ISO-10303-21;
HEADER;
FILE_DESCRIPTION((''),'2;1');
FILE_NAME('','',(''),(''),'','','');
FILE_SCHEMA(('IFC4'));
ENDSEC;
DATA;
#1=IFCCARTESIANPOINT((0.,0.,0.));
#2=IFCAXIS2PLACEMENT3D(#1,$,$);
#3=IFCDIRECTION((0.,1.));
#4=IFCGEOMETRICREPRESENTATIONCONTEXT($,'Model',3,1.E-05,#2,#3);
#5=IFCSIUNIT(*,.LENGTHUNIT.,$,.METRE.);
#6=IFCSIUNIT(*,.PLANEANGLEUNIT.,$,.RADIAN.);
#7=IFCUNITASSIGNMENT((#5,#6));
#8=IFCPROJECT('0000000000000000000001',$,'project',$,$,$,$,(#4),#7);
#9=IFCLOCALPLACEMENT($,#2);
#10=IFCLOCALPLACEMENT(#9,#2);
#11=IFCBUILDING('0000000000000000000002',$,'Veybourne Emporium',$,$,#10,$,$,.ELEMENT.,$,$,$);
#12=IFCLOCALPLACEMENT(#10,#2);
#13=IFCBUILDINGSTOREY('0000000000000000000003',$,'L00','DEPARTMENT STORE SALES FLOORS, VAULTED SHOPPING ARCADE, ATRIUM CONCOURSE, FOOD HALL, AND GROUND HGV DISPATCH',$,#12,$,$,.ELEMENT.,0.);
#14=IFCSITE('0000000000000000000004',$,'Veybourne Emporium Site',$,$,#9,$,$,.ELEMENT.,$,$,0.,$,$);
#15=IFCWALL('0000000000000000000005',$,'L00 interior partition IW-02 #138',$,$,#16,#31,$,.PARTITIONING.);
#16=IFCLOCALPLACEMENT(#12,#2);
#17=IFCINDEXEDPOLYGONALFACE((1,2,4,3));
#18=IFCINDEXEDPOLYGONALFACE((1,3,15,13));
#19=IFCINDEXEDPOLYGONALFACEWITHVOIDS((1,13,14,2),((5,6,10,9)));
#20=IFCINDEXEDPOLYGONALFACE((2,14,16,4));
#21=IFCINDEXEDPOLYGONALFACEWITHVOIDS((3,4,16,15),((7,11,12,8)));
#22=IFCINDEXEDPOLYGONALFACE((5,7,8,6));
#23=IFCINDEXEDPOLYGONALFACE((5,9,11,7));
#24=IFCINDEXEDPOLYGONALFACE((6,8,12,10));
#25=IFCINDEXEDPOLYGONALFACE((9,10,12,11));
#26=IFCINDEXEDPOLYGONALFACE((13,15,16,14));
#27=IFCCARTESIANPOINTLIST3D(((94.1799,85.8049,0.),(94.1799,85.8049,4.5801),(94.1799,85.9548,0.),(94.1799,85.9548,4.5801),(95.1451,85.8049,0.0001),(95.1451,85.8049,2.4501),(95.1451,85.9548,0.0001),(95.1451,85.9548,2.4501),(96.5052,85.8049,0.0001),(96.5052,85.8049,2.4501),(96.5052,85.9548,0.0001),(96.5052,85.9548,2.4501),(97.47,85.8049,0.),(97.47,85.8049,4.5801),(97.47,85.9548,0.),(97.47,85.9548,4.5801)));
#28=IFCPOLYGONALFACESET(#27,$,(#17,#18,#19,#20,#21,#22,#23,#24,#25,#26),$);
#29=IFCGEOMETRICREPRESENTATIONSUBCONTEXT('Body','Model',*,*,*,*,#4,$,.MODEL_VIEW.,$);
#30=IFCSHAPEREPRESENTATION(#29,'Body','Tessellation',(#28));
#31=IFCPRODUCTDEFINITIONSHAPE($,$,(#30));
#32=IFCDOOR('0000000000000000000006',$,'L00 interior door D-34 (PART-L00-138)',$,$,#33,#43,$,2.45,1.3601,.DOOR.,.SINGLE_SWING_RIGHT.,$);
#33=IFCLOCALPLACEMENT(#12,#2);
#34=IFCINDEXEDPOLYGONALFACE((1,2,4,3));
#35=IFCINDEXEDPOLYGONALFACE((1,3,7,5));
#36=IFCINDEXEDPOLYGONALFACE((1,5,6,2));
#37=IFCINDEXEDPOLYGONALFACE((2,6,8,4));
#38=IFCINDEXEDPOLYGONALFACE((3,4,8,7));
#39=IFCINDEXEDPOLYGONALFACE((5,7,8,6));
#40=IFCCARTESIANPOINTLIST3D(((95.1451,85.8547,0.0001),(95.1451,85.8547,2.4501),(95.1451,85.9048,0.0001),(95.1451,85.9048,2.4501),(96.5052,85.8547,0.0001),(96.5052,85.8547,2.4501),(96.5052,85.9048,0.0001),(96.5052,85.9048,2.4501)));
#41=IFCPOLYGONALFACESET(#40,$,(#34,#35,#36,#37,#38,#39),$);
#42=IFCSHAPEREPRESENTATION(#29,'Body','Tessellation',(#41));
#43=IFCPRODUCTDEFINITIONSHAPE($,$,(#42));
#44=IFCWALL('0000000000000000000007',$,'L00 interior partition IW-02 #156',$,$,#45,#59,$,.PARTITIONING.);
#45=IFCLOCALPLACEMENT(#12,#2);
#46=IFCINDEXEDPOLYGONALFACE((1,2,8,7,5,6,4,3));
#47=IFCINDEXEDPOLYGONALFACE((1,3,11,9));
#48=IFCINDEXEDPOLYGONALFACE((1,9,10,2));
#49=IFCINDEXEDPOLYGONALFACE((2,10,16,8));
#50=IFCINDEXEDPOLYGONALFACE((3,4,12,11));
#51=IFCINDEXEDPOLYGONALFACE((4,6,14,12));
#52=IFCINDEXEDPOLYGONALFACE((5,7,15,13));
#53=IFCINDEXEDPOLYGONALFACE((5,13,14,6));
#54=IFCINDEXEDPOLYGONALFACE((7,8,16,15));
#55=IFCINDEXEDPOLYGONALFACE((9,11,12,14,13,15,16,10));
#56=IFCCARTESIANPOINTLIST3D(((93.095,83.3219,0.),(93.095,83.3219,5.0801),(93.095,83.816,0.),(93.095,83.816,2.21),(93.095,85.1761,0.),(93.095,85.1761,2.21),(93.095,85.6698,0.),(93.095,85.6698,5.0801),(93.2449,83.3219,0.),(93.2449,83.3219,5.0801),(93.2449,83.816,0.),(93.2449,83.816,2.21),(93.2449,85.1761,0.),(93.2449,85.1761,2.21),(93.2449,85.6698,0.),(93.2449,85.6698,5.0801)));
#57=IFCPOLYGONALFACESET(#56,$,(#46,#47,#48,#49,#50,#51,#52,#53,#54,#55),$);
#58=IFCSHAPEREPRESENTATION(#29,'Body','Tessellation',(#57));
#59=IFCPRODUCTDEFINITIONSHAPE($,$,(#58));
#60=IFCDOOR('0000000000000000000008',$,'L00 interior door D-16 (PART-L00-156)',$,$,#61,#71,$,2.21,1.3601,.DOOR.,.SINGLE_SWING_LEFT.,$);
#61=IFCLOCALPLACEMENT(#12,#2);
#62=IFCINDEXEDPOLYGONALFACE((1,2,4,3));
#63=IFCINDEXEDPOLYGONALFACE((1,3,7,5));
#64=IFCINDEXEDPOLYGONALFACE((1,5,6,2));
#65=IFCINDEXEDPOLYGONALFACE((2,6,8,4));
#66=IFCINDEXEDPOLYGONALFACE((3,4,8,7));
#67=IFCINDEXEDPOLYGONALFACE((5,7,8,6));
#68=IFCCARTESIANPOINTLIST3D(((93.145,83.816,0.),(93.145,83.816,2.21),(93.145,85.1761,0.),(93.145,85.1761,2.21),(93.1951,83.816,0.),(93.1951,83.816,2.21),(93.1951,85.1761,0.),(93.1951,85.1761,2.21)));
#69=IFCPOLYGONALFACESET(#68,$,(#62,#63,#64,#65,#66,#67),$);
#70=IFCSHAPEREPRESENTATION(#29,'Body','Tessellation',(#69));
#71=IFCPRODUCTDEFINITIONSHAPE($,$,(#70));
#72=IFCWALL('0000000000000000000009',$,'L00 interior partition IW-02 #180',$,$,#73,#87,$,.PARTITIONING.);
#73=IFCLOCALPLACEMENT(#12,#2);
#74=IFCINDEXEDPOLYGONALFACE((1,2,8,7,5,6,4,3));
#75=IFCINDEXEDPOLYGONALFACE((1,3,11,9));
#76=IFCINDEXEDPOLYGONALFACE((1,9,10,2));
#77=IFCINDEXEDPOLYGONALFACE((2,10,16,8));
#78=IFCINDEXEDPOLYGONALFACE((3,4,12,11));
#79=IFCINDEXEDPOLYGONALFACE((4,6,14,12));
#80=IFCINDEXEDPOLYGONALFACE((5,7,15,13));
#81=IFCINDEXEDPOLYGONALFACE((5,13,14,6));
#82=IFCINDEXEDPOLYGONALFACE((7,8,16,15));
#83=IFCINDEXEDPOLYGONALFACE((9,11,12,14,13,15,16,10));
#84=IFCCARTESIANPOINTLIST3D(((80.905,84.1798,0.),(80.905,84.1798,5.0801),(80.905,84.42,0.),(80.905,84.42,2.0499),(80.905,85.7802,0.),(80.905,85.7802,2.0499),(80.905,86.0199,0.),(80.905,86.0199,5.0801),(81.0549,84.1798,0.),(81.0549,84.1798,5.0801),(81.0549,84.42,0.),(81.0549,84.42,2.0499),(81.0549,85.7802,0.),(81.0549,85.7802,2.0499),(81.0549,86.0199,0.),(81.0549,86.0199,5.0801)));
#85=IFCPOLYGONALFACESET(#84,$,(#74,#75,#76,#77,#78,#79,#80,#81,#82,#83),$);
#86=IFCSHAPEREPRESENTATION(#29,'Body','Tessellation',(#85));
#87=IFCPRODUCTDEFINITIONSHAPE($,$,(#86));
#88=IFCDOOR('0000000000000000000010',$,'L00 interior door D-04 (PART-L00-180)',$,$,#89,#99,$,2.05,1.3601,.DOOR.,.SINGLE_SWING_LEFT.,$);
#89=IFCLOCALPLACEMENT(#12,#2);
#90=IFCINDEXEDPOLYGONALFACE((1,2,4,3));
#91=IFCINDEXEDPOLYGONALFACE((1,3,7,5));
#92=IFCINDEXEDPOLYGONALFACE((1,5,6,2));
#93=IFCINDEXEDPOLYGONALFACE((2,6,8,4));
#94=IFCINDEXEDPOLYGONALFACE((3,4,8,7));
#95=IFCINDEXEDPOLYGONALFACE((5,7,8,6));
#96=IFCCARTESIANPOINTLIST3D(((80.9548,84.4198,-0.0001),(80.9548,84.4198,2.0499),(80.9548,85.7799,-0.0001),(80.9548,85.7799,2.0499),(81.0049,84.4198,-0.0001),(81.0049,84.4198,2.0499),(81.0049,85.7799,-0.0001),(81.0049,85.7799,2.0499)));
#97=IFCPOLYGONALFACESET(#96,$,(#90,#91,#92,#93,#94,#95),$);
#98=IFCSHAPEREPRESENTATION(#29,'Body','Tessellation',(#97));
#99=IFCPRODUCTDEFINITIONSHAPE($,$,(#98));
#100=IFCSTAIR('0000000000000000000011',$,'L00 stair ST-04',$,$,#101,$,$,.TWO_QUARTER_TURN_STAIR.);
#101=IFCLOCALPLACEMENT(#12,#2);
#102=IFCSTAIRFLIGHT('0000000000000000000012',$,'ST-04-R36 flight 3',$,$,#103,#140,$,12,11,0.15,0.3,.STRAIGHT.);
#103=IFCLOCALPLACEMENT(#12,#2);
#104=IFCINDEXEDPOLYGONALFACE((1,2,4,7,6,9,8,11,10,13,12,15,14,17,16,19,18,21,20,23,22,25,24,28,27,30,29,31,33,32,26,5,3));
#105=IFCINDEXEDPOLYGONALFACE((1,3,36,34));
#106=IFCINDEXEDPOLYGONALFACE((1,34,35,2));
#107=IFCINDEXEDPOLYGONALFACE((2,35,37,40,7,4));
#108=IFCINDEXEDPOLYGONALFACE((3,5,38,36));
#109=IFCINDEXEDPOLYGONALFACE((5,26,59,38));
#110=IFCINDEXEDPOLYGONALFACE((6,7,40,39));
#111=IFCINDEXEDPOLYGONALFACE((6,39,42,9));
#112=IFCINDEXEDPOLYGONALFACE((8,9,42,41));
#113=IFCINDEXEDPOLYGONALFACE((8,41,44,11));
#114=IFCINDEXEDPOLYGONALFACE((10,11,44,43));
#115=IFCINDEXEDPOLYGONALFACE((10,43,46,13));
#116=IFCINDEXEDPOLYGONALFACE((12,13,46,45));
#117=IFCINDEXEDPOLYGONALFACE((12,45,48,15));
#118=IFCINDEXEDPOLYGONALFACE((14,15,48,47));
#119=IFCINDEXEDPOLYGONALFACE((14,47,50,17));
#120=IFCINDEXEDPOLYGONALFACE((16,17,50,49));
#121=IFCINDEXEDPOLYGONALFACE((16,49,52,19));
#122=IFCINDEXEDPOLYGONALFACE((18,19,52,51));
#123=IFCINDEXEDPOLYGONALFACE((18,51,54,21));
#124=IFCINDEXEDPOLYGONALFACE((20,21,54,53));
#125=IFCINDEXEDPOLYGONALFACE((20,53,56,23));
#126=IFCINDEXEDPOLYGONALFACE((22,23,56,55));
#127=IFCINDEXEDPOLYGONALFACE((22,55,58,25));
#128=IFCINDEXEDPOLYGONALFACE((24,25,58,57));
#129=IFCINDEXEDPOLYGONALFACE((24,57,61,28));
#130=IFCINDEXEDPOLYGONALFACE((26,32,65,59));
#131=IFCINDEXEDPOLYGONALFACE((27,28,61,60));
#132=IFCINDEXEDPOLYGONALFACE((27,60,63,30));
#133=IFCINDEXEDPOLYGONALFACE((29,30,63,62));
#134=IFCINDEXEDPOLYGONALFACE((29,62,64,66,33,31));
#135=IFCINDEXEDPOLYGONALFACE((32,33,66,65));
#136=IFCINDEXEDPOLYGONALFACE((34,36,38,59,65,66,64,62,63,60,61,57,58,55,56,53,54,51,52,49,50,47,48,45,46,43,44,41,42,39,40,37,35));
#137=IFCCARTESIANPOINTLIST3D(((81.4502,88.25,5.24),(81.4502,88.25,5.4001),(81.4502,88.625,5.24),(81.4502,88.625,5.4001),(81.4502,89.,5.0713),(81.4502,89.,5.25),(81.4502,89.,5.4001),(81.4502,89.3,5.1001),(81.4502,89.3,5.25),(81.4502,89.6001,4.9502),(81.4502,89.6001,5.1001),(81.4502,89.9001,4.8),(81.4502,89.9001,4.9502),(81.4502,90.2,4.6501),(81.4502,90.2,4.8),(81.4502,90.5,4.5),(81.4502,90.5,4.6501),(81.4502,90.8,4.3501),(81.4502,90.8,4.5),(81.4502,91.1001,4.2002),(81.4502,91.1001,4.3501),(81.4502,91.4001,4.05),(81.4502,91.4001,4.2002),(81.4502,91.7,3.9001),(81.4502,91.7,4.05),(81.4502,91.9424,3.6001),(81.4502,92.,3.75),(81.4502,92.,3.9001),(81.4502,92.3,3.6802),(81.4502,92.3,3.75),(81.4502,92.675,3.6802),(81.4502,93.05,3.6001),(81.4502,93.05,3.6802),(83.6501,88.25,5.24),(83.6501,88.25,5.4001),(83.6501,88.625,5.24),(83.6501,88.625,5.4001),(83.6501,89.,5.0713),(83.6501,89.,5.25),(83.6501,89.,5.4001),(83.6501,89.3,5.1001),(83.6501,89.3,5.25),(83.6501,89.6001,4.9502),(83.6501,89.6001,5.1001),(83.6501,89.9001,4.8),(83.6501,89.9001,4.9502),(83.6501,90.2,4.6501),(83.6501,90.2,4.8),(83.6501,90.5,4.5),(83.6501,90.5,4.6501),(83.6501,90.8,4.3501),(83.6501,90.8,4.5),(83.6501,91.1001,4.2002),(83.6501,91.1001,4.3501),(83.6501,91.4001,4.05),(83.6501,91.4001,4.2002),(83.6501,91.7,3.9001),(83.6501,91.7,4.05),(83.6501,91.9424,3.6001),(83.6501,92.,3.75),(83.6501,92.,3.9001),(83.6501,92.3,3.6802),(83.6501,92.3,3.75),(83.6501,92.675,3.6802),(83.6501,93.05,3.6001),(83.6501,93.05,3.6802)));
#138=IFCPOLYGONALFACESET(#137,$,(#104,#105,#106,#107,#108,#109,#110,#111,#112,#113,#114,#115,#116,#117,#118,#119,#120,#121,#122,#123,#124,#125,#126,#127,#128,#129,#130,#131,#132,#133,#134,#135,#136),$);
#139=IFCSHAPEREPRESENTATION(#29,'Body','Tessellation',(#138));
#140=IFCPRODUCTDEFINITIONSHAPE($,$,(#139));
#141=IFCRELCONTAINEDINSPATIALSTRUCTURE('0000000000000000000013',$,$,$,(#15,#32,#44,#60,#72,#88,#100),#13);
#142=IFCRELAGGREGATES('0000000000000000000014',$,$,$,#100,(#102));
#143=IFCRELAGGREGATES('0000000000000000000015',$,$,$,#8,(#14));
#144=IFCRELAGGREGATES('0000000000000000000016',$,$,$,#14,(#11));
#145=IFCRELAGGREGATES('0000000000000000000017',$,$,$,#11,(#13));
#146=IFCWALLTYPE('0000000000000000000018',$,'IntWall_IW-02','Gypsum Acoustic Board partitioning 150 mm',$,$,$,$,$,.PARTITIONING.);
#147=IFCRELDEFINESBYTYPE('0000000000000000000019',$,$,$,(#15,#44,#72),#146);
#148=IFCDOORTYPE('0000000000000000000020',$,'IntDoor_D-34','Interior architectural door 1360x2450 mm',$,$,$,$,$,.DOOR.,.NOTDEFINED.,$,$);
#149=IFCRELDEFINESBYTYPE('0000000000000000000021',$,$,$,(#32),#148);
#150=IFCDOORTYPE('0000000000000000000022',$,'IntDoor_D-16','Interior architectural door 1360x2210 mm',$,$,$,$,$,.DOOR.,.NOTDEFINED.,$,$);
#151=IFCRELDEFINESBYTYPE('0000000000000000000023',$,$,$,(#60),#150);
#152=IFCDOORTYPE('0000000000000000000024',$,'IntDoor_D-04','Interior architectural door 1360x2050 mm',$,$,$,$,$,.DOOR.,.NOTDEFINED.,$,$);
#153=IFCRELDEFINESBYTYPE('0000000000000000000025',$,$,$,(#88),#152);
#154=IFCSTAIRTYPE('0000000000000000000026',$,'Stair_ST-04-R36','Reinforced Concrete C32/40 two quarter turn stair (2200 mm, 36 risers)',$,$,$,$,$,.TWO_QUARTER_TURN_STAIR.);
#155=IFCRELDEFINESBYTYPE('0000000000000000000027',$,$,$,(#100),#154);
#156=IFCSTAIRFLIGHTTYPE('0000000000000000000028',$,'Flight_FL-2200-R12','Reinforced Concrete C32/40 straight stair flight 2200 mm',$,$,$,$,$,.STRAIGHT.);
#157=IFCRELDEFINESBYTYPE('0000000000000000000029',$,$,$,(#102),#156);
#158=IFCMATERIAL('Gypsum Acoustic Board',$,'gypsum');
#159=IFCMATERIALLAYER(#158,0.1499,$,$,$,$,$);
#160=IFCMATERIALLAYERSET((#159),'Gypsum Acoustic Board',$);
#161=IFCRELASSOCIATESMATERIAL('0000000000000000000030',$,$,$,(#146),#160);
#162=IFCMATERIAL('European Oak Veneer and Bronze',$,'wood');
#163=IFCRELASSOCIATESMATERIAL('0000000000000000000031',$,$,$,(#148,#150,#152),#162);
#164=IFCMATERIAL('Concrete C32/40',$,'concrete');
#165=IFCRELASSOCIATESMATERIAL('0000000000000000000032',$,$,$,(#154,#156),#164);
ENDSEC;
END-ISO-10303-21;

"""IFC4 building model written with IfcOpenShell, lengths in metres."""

from ifc_helpers import new_model, si_unit, direction, frame, frame_2d, origin, place, context, subcontext, project, spatial, polyline, rectangle, outline, extrude, material, layer, layer_set, type_object, element, fill, aggregate, save


model = new_model("IFC4")

# Units and contexts
model_context = context("Model", 3, precision=1e-05, world=origin(), true_north=direction((0.0, 1.0)))
body_context = subcontext(model_context, "Body", "Model", "MODEL_VIEW")
ifc_project = project(units=[si_unit("LENGTHUNIT", "METRE"), si_unit("PLANEANGLEUNIT", "RADIAN")], contexts=[model_context])

# Site, building, storey
site_placement = place(None, origin())
site = spatial("IfcSite", under=ifc_project, at=site_placement, Name="Veybourne Emporium Site", CompositionType="ELEMENT", RefElevation=0.0)
building_placement = place(site_placement, origin())
building = spatial("IfcBuilding", under=site, at=building_placement, Name="Veybourne Emporium", CompositionType="ELEMENT")
storey_placement = place(building_placement, origin())
storey = spatial("IfcBuildingStorey", under=building, at=storey_placement, Name="L00", Description="DEPARTMENT STORE SALES FLOORS, VAULTED SHOPPING ARCADE, ATRIUM CONCOURSE, FOOD HALL, AND GROUND HGV DISPATCH", CompositionType="ELEMENT", Elevation=0.0)

# Shared definitions
ifc_material_1 = material(Name="Concrete C32/40", Category="concrete")

# Walls, openings, doors
ifc_material_2 = material(Name="Gypsum Acoustic Board", Category="gypsum")
ifc_layer_1 = layer(ifc_material_2, 0.1499)
ifc_layer_set_1 = layer_set([ifc_layer_1], Name="Gypsum Acoustic Board")
wall_type_1 = type_object("IfcWallType", Name="IntWall_IW-02", Description="Gypsum Acoustic Board partitioning 150 mm", PredefinedType="PARTITIONING", material=ifc_layer_set_1)
wall_1_placement = place(storey_placement, frame((94.1799, 85.8799, 0.0), z_axis=(0.0, 0.0, 1.0), x_axis=(1.0, 0.0, 0.0)))
wall_1 = element("IfcWall", 1, at=wall_1_placement, inside=storey, type_object=wall_type_1, Name="L00 interior partition IW-02 #138", PredefinedType="PARTITIONING", context=body_context, shape_type="SweptSolid", body=[
    extrude(rectangle(XDim=3.29, YDim=0.1499, at=frame_2d((1.645, 0.0))), origin(), (0.0, 0.0, 1.0), 4.5801),
])
opening_1_placement = place(wall_1_placement, frame((0.9651, 0.0, 0.0)))
opening_1 = element("IfcOpeningElement", 2, at=opening_1_placement, cuts=wall_1, PredefinedType="OPENING", context=body_context, shape_type="SweptSolid", body=[
    extrude(rectangle(XDim=1.3601, YDim=2.45, at=frame_2d((0.6802, 1.2251))), frame((0.0, 0.095, 0.0), z_axis=(0.0, -1.0, 0.0), x_axis=(1.0, 0.0, 0.0)), (0.0, 0.0, 1.0), 0.1899),
])
ifc_material_3 = material(Name="European Oak Veneer and Bronze", Category="wood")
door_type_1 = type_object("IfcDoorType", Name="IntDoor_D-34", Description="Interior architectural door 1360x2450 mm", OperationType="NOTDEFINED", PredefinedType="DOOR", material=ifc_material_3)
door_1_placement = place(opening_1_placement, origin())
door_1 = element("IfcDoor", 3, at=door_1_placement, inside=storey, type_object=door_type_1, Name="L00 interior door D-34 (PART-L00-138)", OperationType="SINGLE_SWING_RIGHT", OverallHeight=2.45, OverallWidth=1.3601, PredefinedType="DOOR", context=body_context, shape_type="SweptSolid", body=[
    extrude(rectangle(XDim=1.3601, YDim=2.45, at=frame_2d((0.6802, 1.2251))), frame((0.0, 0.0249, 0.0), z_axis=(0.0, -1.0, 0.0), x_axis=(1.0, 0.0, 0.0)), (0.0, 0.0, 1.0), 0.05),
])
fill(opening_1, door_1)
wall_2_placement = place(storey_placement, frame((93.1699, 83.322, 0.0), z_axis=(0.0, 0.0, 1.0), x_axis=(0.0, 1.0, 0.0)))
wall_2 = element("IfcWall", 4, at=wall_2_placement, inside=storey, type_object=wall_type_1, Name="L00 interior partition IW-02 #156", PredefinedType="PARTITIONING", context=body_context, shape_type="SweptSolid", body=[
    extrude(rectangle(XDim=2.3479, YDim=0.1499, at=frame_2d((1.1738, 0.0))), origin(), (0.0, 0.0, 1.0), 5.0801),
])
opening_2_placement = place(wall_2_placement, frame((0.4939, 0.0, 0.0)))
opening_2 = element("IfcOpeningElement", 5, at=opening_2_placement, cuts=wall_2, PredefinedType="OPENING", context=body_context, shape_type="SweptSolid", body=[
    extrude(rectangle(XDim=1.3601, YDim=2.21, at=frame_2d((0.6802, 1.105))), frame((0.0, 0.095, 0.0), z_axis=(0.0, -1.0, 0.0), x_axis=(1.0, 0.0, 0.0)), (0.0, 0.0, 1.0), 0.1899),
])
door_type_2 = type_object("IfcDoorType", Name="IntDoor_D-16", Description="Interior architectural door 1360x2210 mm", OperationType="NOTDEFINED", PredefinedType="DOOR", material=ifc_material_3)
door_2_placement = place(opening_2_placement, origin())
door_2 = element("IfcDoor", 6, at=door_2_placement, inside=storey, type_object=door_type_2, Name="L00 interior door D-16 (PART-L00-156)", OperationType="SINGLE_SWING_LEFT", OverallHeight=2.21, OverallWidth=1.3601, PredefinedType="DOOR", context=body_context, shape_type="SweptSolid", body=[
    extrude(rectangle(XDim=1.3601, YDim=2.21, at=frame_2d((0.6802, 1.105))), frame((0.0, 0.0249, 0.0), z_axis=(0.0, -1.0, 0.0), x_axis=(1.0, 0.0, 0.0)), (0.0, 0.0, 1.0), 0.05),
])
fill(opening_2, door_2)
wall_3_placement = place(storey_placement, frame((80.98, 84.1799, 0.0), z_axis=(0.0, 0.0, 1.0), x_axis=(0.0, 1.0, 0.0)))
wall_3 = element("IfcWall", 7, at=wall_3_placement, inside=storey, type_object=wall_type_1, Name="L00 interior partition IW-02 #180", PredefinedType="PARTITIONING", context=body_context, shape_type="SweptSolid", body=[
    extrude(rectangle(XDim=1.8401, YDim=0.1499, at=frame_2d((0.9199, 0.0))), origin(), (0.0, 0.0, 1.0), 5.0801),
])
opening_3_placement = place(wall_3_placement, frame((0.24, 0.0, 0.0)))
opening_3 = element("IfcOpeningElement", 8, at=opening_3_placement, cuts=wall_3, PredefinedType="OPENING", context=body_context, shape_type="SweptSolid", body=[
    extrude(rectangle(XDim=1.3601, YDim=2.05, at=frame_2d((0.6802, 1.0249))), frame((0.0, 0.095, 0.0), z_axis=(0.0, -1.0, 0.0), x_axis=(1.0, 0.0, 0.0)), (0.0, 0.0, 1.0), 0.1899),
])
door_type_3 = type_object("IfcDoorType", Name="IntDoor_D-04", Description="Interior architectural door 1360x2050 mm", OperationType="NOTDEFINED", PredefinedType="DOOR", material=ifc_material_3)
door_3_placement = place(opening_3_placement, frame((1.3601, 0.0, 0.0), z_axis=(0.0, 0.0, 1.0), x_axis=(-1.0, 0.0, 0.0)))
door_3 = element("IfcDoor", 9, at=door_3_placement, inside=storey, type_object=door_type_3, Name="L00 interior door D-04 (PART-L00-180)", OperationType="SINGLE_SWING_LEFT", OverallHeight=2.05, OverallWidth=1.3601, PredefinedType="DOOR", context=body_context, shape_type="SweptSolid", body=[
    extrude(rectangle(XDim=1.3601, YDim=2.05, at=frame_2d((0.6802, 1.0249))), frame((0.0, 0.0249, 0.0), z_axis=(0.0, -1.0, 0.0), x_axis=(1.0, 0.0, 0.0)), (0.0, 0.0, 1.0), 0.05),
])
fill(opening_3, door_3)

# Stair, stair flight
stair_type = type_object("IfcStairType", Name="Stair_ST-04-R36", Description="Reinforced Concrete C32/40 two quarter turn stair (2200 mm, 36 risers)", PredefinedType="TWO_QUARTER_TURN_STAIR", material=ifc_material_1)
stair_placement = place(storey_placement, origin())
stair = element("IfcStair", 10, at=stair_placement, inside=storey, type_object=stair_type, Name="L00 stair ST-04", PredefinedType="TWO_QUARTER_TURN_STAIR")
stair_flight_type = type_object("IfcStairFlightType", Name="Flight_FL-2200-R12", Description="Reinforced Concrete C32/40 straight stair flight 2200 mm", PredefinedType="STRAIGHT", material=ifc_material_1)
stair_flight_placement = place(storey_placement, frame((82.55, 92.3, 3.6001), z_axis=(0.0, 0.0, 1.0), x_axis=(0.0, -1.0, 0.0)))
stair_flight = element("IfcStairFlight", 11, at=stair_flight_placement, type_object=stair_flight_type, Name="ST-04-R36 flight 3", NumberOfRisers=12, NumberOfTreads=11, PredefinedType="STRAIGHT", RiserHeight=0.15, TreadLength=0.3, context=body_context, shape_type="SweptSolid", body=[
    extrude(outline(polyline([(-0.75, 0.0), (-0.75, 0.0801), (-0.375, 0.0801), (0.0, 0.0801), (0.0, 0.1499), (0.3, 0.1499), (0.3, 0.3), (0.6001, 0.3), (0.6001, 0.45), (0.8999, 0.45), (0.8999, 0.6001), (1.2, 0.6001), (1.2, 0.75), (1.5, 0.75), (1.5, 0.8999), (1.8, 0.8999), (1.8, 1.05), (2.1001, 1.05), (2.1001, 1.2), (2.3999, 1.2), (2.3999, 1.3501), (2.7, 1.3501), (2.7, 1.5), (3.0, 1.5), (3.0, 1.6499), (3.3, 1.6499), (3.3, 1.8), (3.675, 1.8), (4.05, 1.8), (4.05, 1.6399), (3.675, 1.6399), (3.3, 1.4712), (0.3577, 0.0), (-0.75, 0.0)])), frame((0.0, 1.1001, 0.0), z_axis=(0.0, -1.0, 0.0), x_axis=(1.0, 0.0, 0.0)), (0.0, 0.0, 1.0), 2.2),
])
aggregate(stair, [stair_flight])

save(model, "model.ifc")
